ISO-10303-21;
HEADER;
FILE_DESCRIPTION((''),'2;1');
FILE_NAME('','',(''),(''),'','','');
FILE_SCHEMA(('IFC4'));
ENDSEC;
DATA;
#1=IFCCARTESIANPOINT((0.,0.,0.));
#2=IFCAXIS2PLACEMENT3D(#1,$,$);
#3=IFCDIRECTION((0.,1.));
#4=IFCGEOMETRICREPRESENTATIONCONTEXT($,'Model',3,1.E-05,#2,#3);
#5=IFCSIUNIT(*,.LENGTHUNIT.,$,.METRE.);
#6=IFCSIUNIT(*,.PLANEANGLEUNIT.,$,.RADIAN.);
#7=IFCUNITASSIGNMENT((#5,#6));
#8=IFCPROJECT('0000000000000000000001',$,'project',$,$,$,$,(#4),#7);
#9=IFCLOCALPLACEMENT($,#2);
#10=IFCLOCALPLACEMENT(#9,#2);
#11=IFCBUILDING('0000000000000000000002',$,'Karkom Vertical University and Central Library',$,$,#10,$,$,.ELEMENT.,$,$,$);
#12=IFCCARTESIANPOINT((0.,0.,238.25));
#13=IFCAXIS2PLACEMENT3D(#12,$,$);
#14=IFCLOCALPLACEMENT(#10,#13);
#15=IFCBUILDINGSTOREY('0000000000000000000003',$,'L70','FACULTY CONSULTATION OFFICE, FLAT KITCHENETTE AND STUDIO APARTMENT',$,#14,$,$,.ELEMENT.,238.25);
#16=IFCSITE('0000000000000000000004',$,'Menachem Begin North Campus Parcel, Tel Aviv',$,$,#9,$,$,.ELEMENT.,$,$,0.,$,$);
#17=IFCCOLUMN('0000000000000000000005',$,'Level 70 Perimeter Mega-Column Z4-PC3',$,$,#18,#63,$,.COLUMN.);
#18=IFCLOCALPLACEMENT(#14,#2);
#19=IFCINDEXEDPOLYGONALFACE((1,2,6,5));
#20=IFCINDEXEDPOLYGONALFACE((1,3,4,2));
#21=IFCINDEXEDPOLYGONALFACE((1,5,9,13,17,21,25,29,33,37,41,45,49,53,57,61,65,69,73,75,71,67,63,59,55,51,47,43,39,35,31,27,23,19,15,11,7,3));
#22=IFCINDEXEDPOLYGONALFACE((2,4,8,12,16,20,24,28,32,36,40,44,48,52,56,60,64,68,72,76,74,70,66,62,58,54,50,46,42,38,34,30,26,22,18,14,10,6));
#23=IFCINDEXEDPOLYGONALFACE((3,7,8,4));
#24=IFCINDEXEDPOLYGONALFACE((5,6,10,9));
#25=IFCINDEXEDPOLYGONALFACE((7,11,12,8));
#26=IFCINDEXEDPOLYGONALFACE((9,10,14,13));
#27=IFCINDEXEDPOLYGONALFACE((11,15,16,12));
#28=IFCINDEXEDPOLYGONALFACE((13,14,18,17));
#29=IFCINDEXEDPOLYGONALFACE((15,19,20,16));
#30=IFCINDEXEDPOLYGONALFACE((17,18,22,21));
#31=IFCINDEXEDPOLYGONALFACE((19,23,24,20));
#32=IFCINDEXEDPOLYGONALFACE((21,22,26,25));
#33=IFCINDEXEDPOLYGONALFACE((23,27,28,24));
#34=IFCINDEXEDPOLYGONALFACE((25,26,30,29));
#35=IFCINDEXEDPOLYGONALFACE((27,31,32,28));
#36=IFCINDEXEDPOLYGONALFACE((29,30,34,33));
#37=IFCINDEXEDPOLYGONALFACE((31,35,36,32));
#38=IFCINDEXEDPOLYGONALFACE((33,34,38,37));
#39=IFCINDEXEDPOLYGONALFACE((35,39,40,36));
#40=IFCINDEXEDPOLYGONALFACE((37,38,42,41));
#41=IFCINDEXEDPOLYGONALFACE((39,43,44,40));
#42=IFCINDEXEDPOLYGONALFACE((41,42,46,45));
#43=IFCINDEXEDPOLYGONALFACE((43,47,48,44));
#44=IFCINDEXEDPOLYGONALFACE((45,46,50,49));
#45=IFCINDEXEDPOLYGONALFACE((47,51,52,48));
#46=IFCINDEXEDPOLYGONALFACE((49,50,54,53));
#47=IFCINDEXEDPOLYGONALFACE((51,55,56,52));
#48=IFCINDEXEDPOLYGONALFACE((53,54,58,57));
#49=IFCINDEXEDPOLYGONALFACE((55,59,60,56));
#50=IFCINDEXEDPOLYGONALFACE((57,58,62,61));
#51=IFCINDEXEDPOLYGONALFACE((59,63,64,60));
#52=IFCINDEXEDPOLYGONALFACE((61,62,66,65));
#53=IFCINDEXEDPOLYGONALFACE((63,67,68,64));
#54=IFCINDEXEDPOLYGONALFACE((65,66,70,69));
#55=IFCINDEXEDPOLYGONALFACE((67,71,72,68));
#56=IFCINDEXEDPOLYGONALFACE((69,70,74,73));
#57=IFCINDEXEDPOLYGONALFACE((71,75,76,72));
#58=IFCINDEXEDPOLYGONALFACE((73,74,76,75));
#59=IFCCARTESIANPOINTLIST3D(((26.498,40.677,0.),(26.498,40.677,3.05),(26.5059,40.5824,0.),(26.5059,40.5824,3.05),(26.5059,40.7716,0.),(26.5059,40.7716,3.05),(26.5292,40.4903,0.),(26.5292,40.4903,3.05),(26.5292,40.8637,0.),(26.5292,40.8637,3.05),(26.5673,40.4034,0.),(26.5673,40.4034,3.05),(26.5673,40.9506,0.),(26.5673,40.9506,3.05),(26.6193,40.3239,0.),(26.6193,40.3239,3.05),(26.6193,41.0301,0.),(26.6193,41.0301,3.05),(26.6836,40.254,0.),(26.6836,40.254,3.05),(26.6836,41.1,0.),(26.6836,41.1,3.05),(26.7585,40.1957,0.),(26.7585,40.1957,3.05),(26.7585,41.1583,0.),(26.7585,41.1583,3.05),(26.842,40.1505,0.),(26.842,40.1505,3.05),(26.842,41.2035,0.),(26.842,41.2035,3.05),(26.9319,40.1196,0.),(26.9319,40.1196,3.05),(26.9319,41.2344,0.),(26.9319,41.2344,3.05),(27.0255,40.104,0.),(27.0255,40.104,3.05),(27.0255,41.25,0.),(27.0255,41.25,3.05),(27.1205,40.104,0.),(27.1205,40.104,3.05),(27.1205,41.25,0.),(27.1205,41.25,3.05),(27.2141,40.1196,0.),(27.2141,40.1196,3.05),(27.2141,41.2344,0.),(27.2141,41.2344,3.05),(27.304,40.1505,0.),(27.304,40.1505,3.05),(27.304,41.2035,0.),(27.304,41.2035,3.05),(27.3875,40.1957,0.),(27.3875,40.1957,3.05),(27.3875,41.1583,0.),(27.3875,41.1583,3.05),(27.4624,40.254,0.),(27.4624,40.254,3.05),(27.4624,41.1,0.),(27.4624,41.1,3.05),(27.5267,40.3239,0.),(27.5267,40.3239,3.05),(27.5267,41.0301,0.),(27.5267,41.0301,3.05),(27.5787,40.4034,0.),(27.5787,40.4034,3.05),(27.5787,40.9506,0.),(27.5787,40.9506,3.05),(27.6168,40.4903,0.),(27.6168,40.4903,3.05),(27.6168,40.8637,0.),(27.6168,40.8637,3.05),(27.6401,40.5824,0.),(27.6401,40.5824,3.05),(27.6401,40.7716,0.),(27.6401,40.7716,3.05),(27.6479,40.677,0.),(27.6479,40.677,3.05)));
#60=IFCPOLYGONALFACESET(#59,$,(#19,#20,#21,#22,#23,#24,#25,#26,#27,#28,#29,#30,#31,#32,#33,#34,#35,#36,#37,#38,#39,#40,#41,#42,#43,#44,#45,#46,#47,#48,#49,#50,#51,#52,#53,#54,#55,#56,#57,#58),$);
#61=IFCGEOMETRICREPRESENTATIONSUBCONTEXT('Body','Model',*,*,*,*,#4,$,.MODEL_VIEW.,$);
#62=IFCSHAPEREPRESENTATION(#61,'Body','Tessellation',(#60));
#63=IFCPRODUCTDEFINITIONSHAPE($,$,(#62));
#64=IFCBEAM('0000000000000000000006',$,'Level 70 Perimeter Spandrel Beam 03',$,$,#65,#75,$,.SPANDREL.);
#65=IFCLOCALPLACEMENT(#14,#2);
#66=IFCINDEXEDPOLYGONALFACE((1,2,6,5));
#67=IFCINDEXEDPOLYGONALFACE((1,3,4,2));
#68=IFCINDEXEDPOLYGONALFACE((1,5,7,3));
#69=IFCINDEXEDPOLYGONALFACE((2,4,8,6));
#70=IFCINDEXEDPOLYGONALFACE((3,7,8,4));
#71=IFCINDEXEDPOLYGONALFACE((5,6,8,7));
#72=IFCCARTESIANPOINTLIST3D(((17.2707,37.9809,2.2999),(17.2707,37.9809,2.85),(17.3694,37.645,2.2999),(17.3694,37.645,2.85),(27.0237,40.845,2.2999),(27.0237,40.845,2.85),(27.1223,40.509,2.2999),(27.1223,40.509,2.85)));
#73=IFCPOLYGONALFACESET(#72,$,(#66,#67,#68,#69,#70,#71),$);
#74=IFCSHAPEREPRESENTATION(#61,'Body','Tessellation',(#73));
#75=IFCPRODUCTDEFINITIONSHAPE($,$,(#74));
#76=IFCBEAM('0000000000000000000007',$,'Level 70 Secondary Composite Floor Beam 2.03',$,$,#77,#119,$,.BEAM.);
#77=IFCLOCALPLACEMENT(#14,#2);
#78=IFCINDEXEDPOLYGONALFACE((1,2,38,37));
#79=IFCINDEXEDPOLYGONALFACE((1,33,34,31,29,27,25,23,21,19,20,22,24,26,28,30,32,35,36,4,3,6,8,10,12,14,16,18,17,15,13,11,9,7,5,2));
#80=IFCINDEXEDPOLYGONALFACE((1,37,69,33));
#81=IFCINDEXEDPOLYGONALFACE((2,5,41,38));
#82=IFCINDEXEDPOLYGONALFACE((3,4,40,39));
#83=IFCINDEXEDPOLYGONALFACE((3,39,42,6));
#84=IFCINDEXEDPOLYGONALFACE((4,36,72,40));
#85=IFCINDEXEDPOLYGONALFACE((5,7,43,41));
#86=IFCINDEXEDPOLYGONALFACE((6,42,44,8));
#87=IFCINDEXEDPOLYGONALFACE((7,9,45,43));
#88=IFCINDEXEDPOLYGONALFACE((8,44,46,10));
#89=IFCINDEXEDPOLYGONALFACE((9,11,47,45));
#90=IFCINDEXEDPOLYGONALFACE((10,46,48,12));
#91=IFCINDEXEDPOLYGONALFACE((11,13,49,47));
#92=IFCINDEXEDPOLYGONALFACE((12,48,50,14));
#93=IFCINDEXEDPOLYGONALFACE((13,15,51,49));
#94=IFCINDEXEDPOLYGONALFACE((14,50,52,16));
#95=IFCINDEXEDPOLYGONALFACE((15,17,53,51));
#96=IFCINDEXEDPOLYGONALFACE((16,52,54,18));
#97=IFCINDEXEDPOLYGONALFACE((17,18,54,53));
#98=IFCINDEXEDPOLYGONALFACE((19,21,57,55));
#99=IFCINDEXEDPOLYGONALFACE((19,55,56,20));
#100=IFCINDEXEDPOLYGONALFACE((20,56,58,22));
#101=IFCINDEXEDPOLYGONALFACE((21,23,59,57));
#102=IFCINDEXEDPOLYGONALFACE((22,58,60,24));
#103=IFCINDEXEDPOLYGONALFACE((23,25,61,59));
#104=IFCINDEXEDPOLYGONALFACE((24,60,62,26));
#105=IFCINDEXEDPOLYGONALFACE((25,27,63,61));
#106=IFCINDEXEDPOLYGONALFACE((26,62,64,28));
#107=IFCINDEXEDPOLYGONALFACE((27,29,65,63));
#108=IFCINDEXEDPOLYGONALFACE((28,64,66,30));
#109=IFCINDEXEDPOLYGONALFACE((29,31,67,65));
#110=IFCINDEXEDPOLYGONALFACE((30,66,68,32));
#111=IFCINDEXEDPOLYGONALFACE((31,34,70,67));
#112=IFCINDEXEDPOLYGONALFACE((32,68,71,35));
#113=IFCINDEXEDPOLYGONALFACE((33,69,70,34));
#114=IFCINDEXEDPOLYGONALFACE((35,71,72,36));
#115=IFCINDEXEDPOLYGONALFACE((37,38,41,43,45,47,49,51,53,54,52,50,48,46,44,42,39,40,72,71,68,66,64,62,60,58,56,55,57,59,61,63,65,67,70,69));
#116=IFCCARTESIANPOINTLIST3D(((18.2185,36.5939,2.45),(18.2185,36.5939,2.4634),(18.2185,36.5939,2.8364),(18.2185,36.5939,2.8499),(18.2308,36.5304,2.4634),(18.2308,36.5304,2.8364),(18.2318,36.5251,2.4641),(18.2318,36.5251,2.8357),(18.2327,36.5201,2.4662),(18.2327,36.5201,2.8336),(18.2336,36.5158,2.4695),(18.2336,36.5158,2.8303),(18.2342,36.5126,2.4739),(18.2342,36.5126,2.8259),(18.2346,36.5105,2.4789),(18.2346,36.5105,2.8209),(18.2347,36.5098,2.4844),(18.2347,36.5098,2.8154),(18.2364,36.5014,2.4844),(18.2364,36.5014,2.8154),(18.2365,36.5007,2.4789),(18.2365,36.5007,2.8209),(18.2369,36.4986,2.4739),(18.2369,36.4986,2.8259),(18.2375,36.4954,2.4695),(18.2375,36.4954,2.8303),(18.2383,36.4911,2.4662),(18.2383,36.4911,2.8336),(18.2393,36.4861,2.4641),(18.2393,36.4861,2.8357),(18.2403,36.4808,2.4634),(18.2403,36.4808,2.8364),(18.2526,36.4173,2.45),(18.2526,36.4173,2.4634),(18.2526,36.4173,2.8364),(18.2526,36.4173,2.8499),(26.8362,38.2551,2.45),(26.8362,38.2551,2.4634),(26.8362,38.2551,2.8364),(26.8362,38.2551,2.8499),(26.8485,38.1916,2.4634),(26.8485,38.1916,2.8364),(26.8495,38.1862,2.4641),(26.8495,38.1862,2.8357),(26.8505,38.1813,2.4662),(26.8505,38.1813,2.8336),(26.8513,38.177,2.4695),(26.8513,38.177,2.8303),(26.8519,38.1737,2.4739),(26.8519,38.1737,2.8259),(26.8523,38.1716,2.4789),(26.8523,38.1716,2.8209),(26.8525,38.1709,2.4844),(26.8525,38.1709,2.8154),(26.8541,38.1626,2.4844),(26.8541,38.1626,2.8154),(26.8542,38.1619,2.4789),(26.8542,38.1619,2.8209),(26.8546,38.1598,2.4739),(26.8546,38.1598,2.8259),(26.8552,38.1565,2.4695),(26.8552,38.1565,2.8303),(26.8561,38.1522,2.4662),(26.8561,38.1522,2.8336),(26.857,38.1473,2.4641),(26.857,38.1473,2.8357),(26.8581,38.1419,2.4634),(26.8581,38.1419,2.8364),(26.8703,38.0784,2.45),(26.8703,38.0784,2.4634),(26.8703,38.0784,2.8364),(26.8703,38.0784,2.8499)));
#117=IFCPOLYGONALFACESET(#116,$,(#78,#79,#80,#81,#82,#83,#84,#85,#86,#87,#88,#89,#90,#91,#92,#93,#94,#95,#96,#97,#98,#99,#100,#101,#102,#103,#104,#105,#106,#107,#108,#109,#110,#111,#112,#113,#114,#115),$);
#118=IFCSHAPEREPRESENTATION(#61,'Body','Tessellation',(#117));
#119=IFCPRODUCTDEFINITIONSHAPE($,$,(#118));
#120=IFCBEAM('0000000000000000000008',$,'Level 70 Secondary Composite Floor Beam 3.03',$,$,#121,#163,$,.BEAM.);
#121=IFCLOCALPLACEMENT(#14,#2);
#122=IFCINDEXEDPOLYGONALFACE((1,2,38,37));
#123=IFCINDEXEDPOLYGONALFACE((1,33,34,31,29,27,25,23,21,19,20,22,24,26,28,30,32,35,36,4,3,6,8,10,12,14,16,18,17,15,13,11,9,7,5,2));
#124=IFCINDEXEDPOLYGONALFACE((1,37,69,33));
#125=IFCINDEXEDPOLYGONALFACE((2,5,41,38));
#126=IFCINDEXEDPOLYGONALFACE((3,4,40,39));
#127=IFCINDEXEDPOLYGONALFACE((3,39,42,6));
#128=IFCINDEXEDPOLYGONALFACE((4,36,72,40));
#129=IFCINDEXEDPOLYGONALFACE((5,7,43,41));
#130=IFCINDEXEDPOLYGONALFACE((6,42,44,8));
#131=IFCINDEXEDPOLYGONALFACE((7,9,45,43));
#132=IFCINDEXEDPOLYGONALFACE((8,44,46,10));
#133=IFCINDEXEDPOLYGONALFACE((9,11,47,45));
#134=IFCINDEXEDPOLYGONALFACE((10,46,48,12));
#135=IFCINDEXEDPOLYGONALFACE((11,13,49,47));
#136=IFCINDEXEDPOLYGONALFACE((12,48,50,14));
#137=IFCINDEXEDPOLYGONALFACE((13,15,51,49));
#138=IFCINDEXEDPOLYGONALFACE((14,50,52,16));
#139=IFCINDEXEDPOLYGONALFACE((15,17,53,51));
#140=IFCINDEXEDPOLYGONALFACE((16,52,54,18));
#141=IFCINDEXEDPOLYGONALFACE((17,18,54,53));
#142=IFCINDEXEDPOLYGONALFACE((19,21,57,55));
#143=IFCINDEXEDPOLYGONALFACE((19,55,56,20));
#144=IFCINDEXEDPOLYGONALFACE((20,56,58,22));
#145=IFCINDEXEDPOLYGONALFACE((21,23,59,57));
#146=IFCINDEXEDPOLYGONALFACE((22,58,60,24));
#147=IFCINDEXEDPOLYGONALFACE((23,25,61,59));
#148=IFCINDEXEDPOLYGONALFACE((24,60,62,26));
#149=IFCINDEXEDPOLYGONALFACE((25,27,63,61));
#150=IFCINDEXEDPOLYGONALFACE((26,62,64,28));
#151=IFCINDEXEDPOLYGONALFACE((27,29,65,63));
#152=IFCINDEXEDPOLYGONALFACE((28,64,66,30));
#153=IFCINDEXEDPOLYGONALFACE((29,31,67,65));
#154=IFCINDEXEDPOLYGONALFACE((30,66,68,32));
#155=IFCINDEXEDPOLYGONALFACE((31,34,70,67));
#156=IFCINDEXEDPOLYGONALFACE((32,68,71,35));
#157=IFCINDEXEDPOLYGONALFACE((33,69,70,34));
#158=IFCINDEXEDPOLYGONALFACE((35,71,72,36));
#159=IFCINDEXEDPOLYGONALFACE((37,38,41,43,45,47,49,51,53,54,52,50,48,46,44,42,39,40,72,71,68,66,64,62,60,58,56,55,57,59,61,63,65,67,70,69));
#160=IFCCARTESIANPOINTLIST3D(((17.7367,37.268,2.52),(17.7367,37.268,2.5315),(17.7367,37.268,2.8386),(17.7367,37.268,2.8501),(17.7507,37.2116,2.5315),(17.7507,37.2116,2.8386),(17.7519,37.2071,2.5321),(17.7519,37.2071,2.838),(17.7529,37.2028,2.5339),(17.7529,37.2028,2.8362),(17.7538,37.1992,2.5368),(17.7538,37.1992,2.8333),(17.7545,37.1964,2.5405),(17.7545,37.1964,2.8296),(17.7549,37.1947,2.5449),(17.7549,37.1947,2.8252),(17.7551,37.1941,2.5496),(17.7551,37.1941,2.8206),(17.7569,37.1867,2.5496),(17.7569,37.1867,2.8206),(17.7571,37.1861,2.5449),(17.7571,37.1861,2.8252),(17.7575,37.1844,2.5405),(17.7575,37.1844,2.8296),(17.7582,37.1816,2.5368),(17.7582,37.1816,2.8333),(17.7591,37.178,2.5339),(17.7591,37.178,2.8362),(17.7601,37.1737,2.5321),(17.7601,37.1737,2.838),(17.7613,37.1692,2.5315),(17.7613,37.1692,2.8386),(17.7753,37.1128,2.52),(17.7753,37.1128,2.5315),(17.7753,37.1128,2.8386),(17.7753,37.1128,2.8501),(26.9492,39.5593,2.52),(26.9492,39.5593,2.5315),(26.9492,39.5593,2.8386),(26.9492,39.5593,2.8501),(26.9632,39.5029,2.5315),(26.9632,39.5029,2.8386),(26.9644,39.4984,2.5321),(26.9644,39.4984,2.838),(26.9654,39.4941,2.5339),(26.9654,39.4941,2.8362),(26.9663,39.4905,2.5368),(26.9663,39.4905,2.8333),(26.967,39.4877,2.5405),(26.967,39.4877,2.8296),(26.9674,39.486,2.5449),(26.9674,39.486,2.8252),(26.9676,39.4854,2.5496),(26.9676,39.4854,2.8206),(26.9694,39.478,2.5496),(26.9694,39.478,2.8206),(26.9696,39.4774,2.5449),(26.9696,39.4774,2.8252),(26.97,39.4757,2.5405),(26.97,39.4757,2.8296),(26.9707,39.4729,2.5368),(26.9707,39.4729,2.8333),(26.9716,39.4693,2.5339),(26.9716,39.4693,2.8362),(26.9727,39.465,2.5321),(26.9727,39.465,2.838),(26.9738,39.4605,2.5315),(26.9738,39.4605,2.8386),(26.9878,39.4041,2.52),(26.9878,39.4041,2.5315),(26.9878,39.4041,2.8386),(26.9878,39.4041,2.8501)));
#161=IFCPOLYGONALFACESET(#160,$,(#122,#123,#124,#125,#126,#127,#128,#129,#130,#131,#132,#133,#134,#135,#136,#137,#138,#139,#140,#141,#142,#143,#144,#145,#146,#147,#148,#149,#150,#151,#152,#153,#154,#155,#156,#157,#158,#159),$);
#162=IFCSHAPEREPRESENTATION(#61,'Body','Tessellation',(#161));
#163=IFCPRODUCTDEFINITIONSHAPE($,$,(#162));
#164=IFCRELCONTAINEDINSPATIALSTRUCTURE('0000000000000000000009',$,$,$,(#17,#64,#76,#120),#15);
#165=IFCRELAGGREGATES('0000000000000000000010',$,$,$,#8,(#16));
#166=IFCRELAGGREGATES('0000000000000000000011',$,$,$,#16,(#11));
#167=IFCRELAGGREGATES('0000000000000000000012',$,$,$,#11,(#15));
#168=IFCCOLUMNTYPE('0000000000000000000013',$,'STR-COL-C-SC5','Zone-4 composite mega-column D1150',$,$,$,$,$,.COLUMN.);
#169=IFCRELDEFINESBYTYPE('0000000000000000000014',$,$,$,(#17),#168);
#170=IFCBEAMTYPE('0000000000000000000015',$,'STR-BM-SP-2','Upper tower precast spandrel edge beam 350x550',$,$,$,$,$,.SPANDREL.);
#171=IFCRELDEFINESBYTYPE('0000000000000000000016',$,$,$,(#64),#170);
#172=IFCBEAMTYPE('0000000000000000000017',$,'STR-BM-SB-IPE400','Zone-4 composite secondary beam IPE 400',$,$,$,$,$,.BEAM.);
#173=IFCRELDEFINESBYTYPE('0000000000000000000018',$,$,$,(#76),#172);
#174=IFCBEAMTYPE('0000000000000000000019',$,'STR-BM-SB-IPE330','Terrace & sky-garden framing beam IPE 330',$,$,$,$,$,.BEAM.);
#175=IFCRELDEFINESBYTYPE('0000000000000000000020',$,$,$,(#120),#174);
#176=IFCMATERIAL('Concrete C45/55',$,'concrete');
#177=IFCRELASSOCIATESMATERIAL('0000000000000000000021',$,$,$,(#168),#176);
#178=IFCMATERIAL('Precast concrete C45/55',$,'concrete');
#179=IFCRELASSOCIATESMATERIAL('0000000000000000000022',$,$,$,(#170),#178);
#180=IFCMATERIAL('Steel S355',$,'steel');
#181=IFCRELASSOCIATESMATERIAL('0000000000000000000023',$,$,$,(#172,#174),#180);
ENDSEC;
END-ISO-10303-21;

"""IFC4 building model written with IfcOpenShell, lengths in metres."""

from ifc_helpers import new_model, si_unit, direction, frame, origin, origin_with_axes, origin_2d, place, context, subcontext, project, spatial, rectangle, circle, i_section, extrude, source, transform, mapped, material, material_profile, profile_set, type_object, element, save


model = new_model("IFC4")

# Units and contexts
model_context = context("Model", 3, precision=1e-05, world=origin(), true_north=direction((0.0, 1.0)))
body_context = subcontext(model_context, "Body", "Model", "MODEL_VIEW")
ifc_project = project(units=[si_unit("LENGTHUNIT", "METRE"), si_unit("PLANEANGLEUNIT", "RADIAN")], contexts=[model_context])

# Site, building, storey
site_placement = place(None, origin())
site = spatial("IfcSite", under=ifc_project, at=site_placement, Name="Menachem Begin North Campus Parcel, Tel Aviv", CompositionType="ELEMENT", RefElevation=0.0)
building_placement = place(site_placement, origin())
building = spatial("IfcBuilding", under=site, at=building_placement, Name="Karkom Vertical University and Central Library", CompositionType="ELEMENT")
storey_placement = place(building_placement, frame((0.0, 0.0, 238.25)))
storey = spatial("IfcBuildingStorey", under=building, at=storey_placement, Name="L70", Description="FACULTY CONSULTATION OFFICE, FLAT KITCHENETTE AND STUDIO APARTMENT", CompositionType="ELEMENT", Elevation=238.25)

# Column
ifc_material_1 = material(Name="Concrete C45/55", Category="concrete")
ifc_material_profile_1 = material_profile(ifc_material_1, circle(Radius=0.575, at=origin_2d()), Name="CFT-D1150")
ifc_profile_set_1 = profile_set([ifc_material_profile_1], Name="Concrete C45/55")
column_type = type_object("IfcColumnType", Name="STR-COL-C-SC5", Description="Zone-4 composite mega-column D1150", PredefinedType="COLUMN", material=ifc_profile_set_1)
shared_shape_1 = source(origin_with_axes(), body_context, "Body", "SweptSolid", [
    extrude(circle(Radius=0.575, at=origin_2d()), origin(), (0.0, 0.0, 1.0), 3.05),
])
column_placement = place(storey_placement, frame((27.073, 40.677, 0.0), z_axis=(0.0, 0.0, 1.0), x_axis=(1.0, 0.0, 0.0)))
element("IfcColumn", 1, at=column_placement, inside=storey, type_object=column_type, Name="Level 70 Perimeter Mega-Column Z4-PC3", PredefinedType="COLUMN", context=body_context, shape_type="MappedRepresentation", body=[
    mapped(shared_shape_1, transform((0.0, 0.0, 0.0), scale=1.0)),
])

# Beams
ifc_material_2 = material(Name="Precast concrete C45/55", Category="concrete")
ifc_material_profile_2 = material_profile(ifc_material_2, rectangle(XDim=0.3501, YDim=0.55, at=origin_2d()), Name="SPB-350x550")
ifc_profile_set_2 = profile_set([ifc_material_profile_2], Name="Precast concrete C45/55")
beam_type_1 = type_object("IfcBeamType", Name="STR-BM-SP-2", Description="Upper tower precast spandrel edge beam 350x550", PredefinedType="SPANDREL", material=ifc_profile_set_2)
shared_shape_2 = source(origin_with_axes(), body_context, "Body", "SweptSolid", [
    extrude(rectangle(XDim=0.3501, YDim=0.55, at=origin_2d()), origin(), (0.0, 0.0, 1.0), 10.1648),
])
beam_1_placement = place(storey_placement, frame((27.073, 40.677, 2.575), z_axis=(-0.959485, -0.281759, 0.0), x_axis=(0.281759, -0.959485, 0.0)))
element("IfcBeam", 2, at=beam_1_placement, inside=storey, type_object=beam_type_1, Name="Level 70 Perimeter Spandrel Beam 03", PredefinedType="SPANDREL", context=body_context, shape_type="MappedRepresentation", body=[
    mapped(shared_shape_2, transform((0.0, 0.0, 0.0), scale=1.0)),
])
ifc_material_3 = material(Name="Steel S355", Category="steel")
ifc_material_profile_3 = material_profile(ifc_material_3, i_section(OverallWidth=0.1799, OverallDepth=0.3999, WebThickness=0.0085, FlangeThickness=0.0134, FilletRadius=0.021, at=origin_2d()), Name="IPE 400")
ifc_profile_set_3 = profile_set([ifc_material_profile_3], Name="Steel S355")
beam_type_2 = type_object("IfcBeamType", Name="STR-BM-SB-IPE400", Description="Zone-4 composite secondary beam IPE 400", PredefinedType="BEAM", material=ifc_profile_set_3)
shared_shape_3 = source(origin_with_axes(), body_context, "Body", "SweptSolid", [
    extrude(i_section(OverallWidth=0.1799, OverallDepth=0.3999, WebThickness=0.0085, FlangeThickness=0.0134, FilletRadius=0.021, at=origin_2d()), origin(), (0.0, 0.0, 1.0), 8.7764),
])
beam_2_placement = place(storey_placement, frame((26.8533, 38.1667, 2.6499), z_axis=(-0.981924, -0.189275, 0.0), x_axis=(0.189275, -0.981924, 0.0)))
element("IfcBeam", 3, at=beam_2_placement, inside=storey, type_object=beam_type_2, Name="Level 70 Secondary Composite Floor Beam 2.03", PredefinedType="BEAM", context=body_context, shape_type="MappedRepresentation", body=[
    mapped(shared_shape_3, transform((0.0, 0.0, 0.0), scale=1.0)),
])
ifc_material_profile_4 = material_profile(ifc_material_3, i_section(OverallWidth=0.1599, OverallDepth=0.3301, WebThickness=0.0076, FlangeThickness=0.0115, FilletRadius=0.0181, at=origin_2d()), Name="IPE 330")
ifc_profile_set_4 = profile_set([ifc_material_profile_4], Name="Steel S355")
beam_type_3 = type_object("IfcBeamType", Name="STR-BM-SB-IPE330", Description="Terrace & sky-garden framing beam IPE 330", PredefinedType="BEAM", material=ifc_profile_set_4)
shared_shape_4 = source(origin_with_axes(), body_context, "Body", "SweptSolid", [
    extrude(i_section(OverallWidth=0.1599, OverallDepth=0.3301, WebThickness=0.0076, FlangeThickness=0.0115, FilletRadius=0.0181, at=origin_2d()), origin(), (0.0, 0.0, 1.0), 9.4932),
])
beam_3_placement = place(storey_placement, frame((26.9685, 39.4817, 2.6851), z_axis=(-0.970435, -0.241362, 0.0), x_axis=(0.241362, -0.970435, 0.0)))
element("IfcBeam", 4, at=beam_3_placement, inside=storey, type_object=beam_type_3, Name="Level 70 Secondary Composite Floor Beam 3.03", PredefinedType="BEAM", context=body_context, shape_type="MappedRepresentation", body=[
    mapped(shared_shape_4, transform((0.0, 0.0, 0.0), scale=1.0)),
])

save(model, "model.ifc")
